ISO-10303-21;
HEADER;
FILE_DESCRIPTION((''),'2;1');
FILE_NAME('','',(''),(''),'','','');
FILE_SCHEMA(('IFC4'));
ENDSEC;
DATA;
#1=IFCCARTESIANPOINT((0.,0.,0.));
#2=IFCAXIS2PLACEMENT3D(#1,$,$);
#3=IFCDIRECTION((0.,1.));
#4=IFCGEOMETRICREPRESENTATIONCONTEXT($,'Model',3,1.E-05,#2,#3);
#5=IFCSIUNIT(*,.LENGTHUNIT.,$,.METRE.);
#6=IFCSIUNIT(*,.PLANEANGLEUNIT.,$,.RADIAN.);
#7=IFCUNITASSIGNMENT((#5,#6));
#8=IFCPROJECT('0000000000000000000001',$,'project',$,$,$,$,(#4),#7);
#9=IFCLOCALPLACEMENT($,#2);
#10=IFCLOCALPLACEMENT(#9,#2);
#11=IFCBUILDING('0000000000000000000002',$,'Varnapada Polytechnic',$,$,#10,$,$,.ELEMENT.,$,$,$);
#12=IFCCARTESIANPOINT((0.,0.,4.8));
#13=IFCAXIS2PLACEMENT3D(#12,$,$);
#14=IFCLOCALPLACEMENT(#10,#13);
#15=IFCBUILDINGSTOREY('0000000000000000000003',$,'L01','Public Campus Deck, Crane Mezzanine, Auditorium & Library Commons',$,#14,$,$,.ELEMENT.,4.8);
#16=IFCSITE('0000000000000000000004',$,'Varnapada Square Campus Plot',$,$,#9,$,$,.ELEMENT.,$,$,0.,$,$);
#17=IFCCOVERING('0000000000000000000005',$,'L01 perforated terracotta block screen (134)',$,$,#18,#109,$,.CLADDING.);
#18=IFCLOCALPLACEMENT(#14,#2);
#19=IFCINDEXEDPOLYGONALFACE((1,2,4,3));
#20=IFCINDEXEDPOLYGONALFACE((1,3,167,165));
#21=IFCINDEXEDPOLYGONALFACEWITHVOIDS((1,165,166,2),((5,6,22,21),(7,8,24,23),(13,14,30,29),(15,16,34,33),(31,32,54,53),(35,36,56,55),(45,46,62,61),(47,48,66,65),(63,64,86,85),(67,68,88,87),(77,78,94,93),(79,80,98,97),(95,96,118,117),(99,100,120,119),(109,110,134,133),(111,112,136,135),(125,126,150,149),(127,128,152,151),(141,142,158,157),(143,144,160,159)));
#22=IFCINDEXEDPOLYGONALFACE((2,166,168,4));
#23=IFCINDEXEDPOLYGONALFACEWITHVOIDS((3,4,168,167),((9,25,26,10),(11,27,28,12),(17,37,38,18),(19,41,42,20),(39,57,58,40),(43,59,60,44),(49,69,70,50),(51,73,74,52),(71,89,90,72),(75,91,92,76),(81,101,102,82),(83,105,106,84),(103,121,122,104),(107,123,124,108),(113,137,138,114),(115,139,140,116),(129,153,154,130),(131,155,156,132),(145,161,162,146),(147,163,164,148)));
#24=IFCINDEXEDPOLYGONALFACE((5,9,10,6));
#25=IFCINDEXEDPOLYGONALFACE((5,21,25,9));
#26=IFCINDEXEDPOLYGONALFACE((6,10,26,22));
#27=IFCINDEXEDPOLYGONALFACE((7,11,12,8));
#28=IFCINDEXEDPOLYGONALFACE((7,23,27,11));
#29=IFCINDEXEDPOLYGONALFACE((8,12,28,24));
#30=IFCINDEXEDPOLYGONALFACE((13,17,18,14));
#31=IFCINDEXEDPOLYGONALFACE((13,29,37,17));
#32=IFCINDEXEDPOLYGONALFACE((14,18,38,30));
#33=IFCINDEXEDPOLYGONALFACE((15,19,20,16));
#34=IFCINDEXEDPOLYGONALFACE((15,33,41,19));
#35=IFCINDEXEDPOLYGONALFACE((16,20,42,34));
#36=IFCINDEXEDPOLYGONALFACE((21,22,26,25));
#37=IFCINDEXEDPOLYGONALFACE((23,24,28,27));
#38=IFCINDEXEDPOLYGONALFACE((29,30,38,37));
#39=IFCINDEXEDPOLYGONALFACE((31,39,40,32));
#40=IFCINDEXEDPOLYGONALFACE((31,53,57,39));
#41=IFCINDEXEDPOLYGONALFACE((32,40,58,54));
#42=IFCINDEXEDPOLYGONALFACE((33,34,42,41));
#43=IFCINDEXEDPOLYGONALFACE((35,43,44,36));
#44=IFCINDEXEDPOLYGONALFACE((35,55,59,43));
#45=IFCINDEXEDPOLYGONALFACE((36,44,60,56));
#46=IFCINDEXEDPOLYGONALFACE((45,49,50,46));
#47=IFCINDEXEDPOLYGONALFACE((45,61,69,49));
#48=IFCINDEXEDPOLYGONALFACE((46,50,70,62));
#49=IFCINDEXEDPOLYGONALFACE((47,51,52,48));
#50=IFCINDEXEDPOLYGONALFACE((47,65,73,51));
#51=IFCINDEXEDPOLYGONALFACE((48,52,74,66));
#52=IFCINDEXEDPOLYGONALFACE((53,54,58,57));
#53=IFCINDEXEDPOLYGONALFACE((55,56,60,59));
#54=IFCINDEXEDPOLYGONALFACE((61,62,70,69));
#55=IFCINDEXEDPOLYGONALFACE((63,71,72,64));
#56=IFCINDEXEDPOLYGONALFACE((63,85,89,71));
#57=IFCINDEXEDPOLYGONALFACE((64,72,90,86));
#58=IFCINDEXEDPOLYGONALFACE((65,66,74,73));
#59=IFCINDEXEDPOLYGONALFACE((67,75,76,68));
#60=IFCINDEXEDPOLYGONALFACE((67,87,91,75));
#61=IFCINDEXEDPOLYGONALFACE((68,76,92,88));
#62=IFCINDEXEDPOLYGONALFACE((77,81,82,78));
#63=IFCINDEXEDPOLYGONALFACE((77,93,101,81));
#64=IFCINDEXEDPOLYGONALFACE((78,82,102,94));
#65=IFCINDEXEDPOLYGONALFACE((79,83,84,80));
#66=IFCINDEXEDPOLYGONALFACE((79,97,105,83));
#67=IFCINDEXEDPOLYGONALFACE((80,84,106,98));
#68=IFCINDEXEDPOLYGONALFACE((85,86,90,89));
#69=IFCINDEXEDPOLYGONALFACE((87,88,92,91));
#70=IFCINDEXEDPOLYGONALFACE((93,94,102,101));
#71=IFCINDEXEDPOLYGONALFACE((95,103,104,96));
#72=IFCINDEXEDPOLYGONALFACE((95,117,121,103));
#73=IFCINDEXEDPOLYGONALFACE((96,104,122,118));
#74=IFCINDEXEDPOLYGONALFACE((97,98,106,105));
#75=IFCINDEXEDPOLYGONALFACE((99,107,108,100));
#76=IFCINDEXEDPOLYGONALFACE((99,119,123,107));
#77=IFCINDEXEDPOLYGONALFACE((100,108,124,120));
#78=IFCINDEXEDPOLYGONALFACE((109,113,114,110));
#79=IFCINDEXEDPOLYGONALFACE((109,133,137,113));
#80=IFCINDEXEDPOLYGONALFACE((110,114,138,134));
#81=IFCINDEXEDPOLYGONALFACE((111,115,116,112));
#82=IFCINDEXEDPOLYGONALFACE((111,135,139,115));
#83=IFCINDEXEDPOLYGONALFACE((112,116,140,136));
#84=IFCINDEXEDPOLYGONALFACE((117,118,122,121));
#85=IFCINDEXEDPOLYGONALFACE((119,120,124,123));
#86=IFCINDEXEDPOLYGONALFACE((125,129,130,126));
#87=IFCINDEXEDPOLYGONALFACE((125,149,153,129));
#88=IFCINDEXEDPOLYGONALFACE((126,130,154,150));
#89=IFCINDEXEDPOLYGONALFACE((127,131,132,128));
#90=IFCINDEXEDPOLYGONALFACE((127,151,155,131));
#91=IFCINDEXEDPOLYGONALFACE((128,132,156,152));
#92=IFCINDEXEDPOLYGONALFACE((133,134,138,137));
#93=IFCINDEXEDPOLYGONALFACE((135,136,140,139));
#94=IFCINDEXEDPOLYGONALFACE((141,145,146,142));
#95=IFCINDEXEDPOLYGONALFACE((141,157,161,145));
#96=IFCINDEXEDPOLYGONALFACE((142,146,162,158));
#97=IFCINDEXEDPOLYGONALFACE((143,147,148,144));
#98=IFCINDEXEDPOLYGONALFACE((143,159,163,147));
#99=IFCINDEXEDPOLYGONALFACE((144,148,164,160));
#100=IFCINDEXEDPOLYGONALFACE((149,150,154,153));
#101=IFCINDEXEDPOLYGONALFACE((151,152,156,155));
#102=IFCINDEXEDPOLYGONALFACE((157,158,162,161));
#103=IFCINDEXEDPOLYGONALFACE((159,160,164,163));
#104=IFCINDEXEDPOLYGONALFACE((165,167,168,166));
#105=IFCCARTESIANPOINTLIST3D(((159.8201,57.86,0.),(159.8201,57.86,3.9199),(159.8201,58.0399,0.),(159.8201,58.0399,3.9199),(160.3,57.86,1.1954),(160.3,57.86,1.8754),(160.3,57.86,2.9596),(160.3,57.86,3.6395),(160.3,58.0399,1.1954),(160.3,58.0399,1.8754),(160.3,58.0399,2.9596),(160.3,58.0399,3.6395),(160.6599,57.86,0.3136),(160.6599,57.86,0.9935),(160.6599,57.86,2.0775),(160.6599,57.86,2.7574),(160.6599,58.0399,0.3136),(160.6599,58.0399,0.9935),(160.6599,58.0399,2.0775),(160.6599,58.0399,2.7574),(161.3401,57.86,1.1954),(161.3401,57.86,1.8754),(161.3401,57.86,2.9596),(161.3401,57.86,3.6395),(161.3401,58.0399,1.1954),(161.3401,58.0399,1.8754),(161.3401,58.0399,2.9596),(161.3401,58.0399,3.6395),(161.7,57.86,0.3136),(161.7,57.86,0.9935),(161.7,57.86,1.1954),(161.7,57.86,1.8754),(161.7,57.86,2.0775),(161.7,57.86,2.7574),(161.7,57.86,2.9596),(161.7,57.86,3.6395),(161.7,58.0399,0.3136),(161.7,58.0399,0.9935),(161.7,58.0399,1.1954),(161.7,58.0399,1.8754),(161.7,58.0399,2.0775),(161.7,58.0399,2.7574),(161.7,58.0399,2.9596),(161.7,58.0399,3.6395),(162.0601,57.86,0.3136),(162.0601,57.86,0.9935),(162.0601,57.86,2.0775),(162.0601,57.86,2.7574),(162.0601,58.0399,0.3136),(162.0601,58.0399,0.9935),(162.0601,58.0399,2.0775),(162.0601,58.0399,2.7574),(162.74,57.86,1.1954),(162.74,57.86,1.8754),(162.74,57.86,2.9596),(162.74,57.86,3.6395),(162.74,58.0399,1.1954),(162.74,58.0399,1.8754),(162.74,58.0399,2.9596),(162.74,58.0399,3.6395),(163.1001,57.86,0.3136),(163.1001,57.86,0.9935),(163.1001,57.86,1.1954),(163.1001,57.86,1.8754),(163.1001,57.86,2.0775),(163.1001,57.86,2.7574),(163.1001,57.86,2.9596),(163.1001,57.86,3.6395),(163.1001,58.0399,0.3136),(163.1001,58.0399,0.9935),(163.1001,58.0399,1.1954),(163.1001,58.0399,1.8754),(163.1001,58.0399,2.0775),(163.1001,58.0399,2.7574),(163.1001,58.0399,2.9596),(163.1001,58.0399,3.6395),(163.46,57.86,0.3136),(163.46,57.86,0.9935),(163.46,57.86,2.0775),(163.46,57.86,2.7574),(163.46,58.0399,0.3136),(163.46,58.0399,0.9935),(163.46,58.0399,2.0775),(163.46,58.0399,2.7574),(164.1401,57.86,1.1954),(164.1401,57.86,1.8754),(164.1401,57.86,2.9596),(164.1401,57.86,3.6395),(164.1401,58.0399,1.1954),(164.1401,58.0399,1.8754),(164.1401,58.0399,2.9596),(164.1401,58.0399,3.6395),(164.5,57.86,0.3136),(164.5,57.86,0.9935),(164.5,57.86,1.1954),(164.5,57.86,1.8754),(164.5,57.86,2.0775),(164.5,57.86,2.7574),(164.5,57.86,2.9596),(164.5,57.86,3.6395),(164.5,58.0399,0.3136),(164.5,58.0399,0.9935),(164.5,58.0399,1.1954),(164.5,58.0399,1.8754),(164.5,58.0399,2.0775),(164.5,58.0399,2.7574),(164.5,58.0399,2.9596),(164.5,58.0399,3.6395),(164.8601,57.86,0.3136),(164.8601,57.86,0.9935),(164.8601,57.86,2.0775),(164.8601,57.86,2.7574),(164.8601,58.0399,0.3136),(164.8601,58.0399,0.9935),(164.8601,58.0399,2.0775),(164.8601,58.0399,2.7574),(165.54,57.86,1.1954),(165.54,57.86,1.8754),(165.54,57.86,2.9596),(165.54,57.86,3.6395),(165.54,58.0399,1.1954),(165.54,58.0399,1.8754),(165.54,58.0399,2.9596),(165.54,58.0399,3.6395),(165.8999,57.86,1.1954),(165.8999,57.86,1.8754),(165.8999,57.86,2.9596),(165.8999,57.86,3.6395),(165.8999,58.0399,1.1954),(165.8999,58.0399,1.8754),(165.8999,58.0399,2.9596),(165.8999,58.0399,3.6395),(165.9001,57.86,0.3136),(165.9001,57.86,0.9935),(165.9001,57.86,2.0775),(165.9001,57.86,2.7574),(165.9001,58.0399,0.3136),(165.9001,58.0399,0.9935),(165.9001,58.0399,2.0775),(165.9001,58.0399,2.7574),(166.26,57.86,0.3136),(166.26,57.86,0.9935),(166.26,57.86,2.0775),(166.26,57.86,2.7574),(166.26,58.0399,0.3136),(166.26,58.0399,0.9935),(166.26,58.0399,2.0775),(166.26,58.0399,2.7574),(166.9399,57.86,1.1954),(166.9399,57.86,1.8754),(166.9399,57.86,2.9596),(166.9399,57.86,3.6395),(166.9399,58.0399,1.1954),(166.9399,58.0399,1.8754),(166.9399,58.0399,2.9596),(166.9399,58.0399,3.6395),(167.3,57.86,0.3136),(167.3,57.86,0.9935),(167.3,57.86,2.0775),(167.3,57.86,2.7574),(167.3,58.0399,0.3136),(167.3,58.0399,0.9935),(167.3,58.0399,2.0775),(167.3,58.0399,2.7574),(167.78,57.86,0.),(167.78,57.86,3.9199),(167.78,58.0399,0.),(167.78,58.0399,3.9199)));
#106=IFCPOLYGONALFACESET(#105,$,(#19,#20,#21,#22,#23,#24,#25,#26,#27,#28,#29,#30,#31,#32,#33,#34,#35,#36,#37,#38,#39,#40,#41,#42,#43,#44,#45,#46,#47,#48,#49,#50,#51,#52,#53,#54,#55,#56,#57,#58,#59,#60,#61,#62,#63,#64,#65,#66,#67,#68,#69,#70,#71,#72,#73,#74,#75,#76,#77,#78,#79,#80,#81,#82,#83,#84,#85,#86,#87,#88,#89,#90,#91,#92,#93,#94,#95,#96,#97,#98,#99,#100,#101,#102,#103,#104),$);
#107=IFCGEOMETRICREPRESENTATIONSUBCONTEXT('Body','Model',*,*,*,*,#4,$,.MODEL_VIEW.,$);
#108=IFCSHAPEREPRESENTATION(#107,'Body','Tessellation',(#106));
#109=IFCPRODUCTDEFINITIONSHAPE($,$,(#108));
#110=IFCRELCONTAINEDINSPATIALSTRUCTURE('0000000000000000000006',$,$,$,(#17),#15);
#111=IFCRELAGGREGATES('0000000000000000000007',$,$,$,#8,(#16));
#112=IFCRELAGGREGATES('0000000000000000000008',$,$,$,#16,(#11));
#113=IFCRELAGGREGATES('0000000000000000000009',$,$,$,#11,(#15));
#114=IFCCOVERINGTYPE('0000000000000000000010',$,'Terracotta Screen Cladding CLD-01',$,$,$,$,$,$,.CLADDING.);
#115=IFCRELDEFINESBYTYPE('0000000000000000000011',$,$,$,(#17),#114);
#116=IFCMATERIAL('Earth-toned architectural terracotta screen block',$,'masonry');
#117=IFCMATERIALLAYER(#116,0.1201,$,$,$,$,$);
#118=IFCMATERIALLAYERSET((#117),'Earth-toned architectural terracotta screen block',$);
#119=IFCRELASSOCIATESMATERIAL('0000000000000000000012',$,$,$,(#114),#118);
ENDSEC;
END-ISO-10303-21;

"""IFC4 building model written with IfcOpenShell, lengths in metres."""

from ifc_helpers import new_model, si_unit, direction, frame, frame_2d, origin, place, context, subcontext, project, spatial, rectangle, extrude, material, layer, layer_set, type_object, element, save


model = new_model("IFC4")

# Units and contexts
model_context = context("Model", 3, precision=1e-05, world=origin(), true_north=direction((0.0, 1.0)))
body_context = subcontext(model_context, "Body", "Model", "MODEL_VIEW")
ifc_project = project(units=[si_unit("LENGTHUNIT", "METRE"), si_unit("PLANEANGLEUNIT", "RADIAN")], contexts=[model_context])

# Site, building, storey
site_placement = place(None, origin())
site = spatial("IfcSite", under=ifc_project, at=site_placement, Name="Varnapada Square Campus Plot", CompositionType="ELEMENT", RefElevation=0.0)
building_placement = place(site_placement, origin())
building = spatial("IfcBuilding", under=site, at=building_placement, Name="Varnapada Polytechnic", CompositionType="ELEMENT")
storey_placement = place(building_placement, frame((0.0, 0.0, 4.8)))
storey = spatial("IfcBuildingStorey", under=building, at=storey_placement, Name="L01", Description="Public Campus Deck, Crane Mezzanine, Auditorium & Library Commons", CompositionType="ELEMENT", Elevation=4.8)

# Covering, openings
ifc_material = material(Name="Earth-toned architectural terracotta screen block", Category="masonry")
ifc_layer = layer(ifc_material, 0.1201)
ifc_layer_set = layer_set([ifc_layer], Name="Earth-toned architectural terracotta screen block")
covering_type = type_object("IfcCoveringType", Name="Terracotta Screen Cladding CLD-01", PredefinedType="CLADDING", material=ifc_layer_set)
covering_placement = place(storey_placement, frame((167.78, 57.95, 0.0), z_axis=(0.0, 0.0, 1.0), x_axis=(-1.0, 0.0, 0.0)))
covering = element("IfcCovering", 1, at=covering_placement, inside=storey, type_object=covering_type, Name="L01 perforated terracotta block screen (134)", PredefinedType="CLADDING", context=body_context, shape_type="SweptSolid", body=[
    extrude(rectangle(XDim=7.96, YDim=0.1799, at=frame_2d((3.98, 0.0))), origin(), (0.0, 0.0, 1.0), 3.9199),
])
opening_1_placement = place(covering_placement, frame((0.48, 0.0, 0.3137)))
element("IfcOpeningElement", 2, at=opening_1_placement, cuts=covering, PredefinedType="OPENING", context=body_context, shape_type="SweptSolid", body=[
    extrude(rectangle(XDim=1.04, YDim=0.6799, at=frame_2d((0.52, 0.3398))), frame((0.0, 0.0999, 0.0), z_axis=(0.0, -1.0, 0.0), x_axis=(1.0, 0.0, 0.0)), (0.0, 0.0, 1.0), 0.2),
])
opening_2_placement = place(covering_placement, frame((1.8799, 0.0, 0.3137)))
element("IfcOpeningElement", 3, at=opening_2_placement, cuts=covering, PredefinedType="OPENING", context=body_context, shape_type="SweptSolid", body=[
    extrude(rectangle(XDim=1.04, YDim=0.6799, at=frame_2d((0.52, 0.3398))), frame((0.0, 0.0999, 0.0), z_axis=(0.0, -1.0, 0.0), x_axis=(1.0, 0.0, 0.0)), (0.0, 0.0, 1.0), 0.2),
])
opening_3_placement = place(covering_placement, frame((3.28, 0.0, 0.3137)))
element("IfcOpeningElement", 4, at=opening_3_placement, cuts=covering, PredefinedType="OPENING", context=body_context, shape_type="SweptSolid", body=[
    extrude(rectangle(XDim=1.04, YDim=0.6799, at=frame_2d((0.52, 0.3398))), frame((0.0, 0.0999, 0.0), z_axis=(0.0, -1.0, 0.0), x_axis=(1.0, 0.0, 0.0)), (0.0, 0.0, 1.0), 0.2),
])
opening_4_placement = place(covering_placement, frame((4.6799, 0.0, 0.3137)))
element("IfcOpeningElement", 5, at=opening_4_placement, cuts=covering, PredefinedType="OPENING", context=body_context, shape_type="SweptSolid", body=[
    extrude(rectangle(XDim=1.04, YDim=0.6799, at=frame_2d((0.52, 0.3398))), frame((0.0, 0.0999, 0.0), z_axis=(0.0, -1.0, 0.0), x_axis=(1.0, 0.0, 0.0)), (0.0, 0.0, 1.0), 0.2),
])
opening_5_placement = place(covering_placement, frame((6.0801, 0.0, 0.3137)))
element("IfcOpeningElement", 6, at=opening_5_placement, cuts=covering, PredefinedType="OPENING", context=body_context, shape_type="SweptSolid", body=[
    extrude(rectangle(XDim=1.04, YDim=0.6799, at=frame_2d((0.52, 0.3398))), frame((0.0, 0.0999, 0.0), z_axis=(0.0, -1.0, 0.0), x_axis=(1.0, 0.0, 0.0)), (0.0, 0.0, 1.0), 0.2),
])
opening_6_placement = place(covering_placement, frame((0.8401, 0.0, 1.1956)))
element("IfcOpeningElement", 7, at=opening_6_placement, cuts=covering, PredefinedType="OPENING", context=body_context, shape_type="SweptSolid", body=[
    extrude(rectangle(XDim=1.04, YDim=0.6799, at=frame_2d((0.52, 0.3398))), frame((0.0, 0.0999, 0.0), z_axis=(0.0, -1.0, 0.0), x_axis=(1.0, 0.0, 0.0)), (0.0, 0.0, 1.0), 0.2),
])
opening_7_placement = place(covering_placement, frame((2.24, 0.0, 1.1956)))
element("IfcOpeningElement", 8, at=opening_7_placement, cuts=covering, PredefinedType="OPENING", context=body_context, shape_type="SweptSolid", body=[
    extrude(rectangle(XDim=1.04, YDim=0.6799, at=frame_2d((0.52, 0.3398))), frame((0.0, 0.0999, 0.0), z_axis=(0.0, -1.0, 0.0), x_axis=(1.0, 0.0, 0.0)), (0.0, 0.0, 1.0), 0.2),
])
opening_8_placement = place(covering_placement, frame((3.6399, 0.0, 1.1956)))
element("IfcOpeningElement", 9, at=opening_8_placement, cuts=covering, PredefinedType="OPENING", context=body_context, shape_type="SweptSolid", body=[
    extrude(rectangle(XDim=1.04, YDim=0.6799, at=frame_2d((0.52, 0.3398))), frame((0.0, 0.0999, 0.0), z_axis=(0.0, -1.0, 0.0), x_axis=(1.0, 0.0, 0.0)), (0.0, 0.0, 1.0), 0.2),
])
opening_9_placement = place(covering_placement, frame((5.04, 0.0, 1.1956)))
element("IfcOpeningElement", 10, at=opening_9_placement, cuts=covering, PredefinedType="OPENING", context=body_context, shape_type="SweptSolid", body=[
    extrude(rectangle(XDim=1.04, YDim=0.6799, at=frame_2d((0.52, 0.3398))), frame((0.0, 0.0999, 0.0), z_axis=(0.0, -1.0, 0.0), x_axis=(1.0, 0.0, 0.0)), (0.0, 0.0, 1.0), 0.2),
])
opening_10_placement = place(covering_placement, frame((6.4399, 0.0, 1.1956)))
element("IfcOpeningElement", 11, at=opening_10_placement, cuts=covering, PredefinedType="OPENING", context=body_context, shape_type="SweptSolid", body=[
    extrude(rectangle(XDim=1.04, YDim=0.6799, at=frame_2d((0.52, 0.3398))), frame((0.0, 0.0999, 0.0), z_axis=(0.0, -1.0, 0.0), x_axis=(1.0, 0.0, 0.0)), (0.0, 0.0, 1.0), 0.2),
])
opening_11_placement = place(covering_placement, frame((0.48, 0.0, 2.0776)))
element("IfcOpeningElement", 12, at=opening_11_placement, cuts=covering, PredefinedType="OPENING", context=body_context, shape_type="SweptSolid", body=[
    extrude(rectangle(XDim=1.04, YDim=0.6799, at=frame_2d((0.52, 0.3398))), frame((0.0, 0.0999, 0.0), z_axis=(0.0, -1.0, 0.0), x_axis=(1.0, 0.0, 0.0)), (0.0, 0.0, 1.0), 0.2),
])
opening_12_placement = place(covering_placement, frame((1.8799, 0.0, 2.0776)))
element("IfcOpeningElement", 13, at=opening_12_placement, cuts=covering, PredefinedType="OPENING", context=body_context, shape_type="SweptSolid", body=[
    extrude(rectangle(XDim=1.04, YDim=0.6799, at=frame_2d((0.52, 0.3398))), frame((0.0, 0.0999, 0.0), z_axis=(0.0, -1.0, 0.0), x_axis=(1.0, 0.0, 0.0)), (0.0, 0.0, 1.0), 0.2),
])
opening_13_placement = place(covering_placement, frame((3.28, 0.0, 2.0776)))
element("IfcOpeningElement", 14, at=opening_13_placement, cuts=covering, PredefinedType="OPENING", context=body_context, shape_type="SweptSolid", body=[
    extrude(rectangle(XDim=1.04, YDim=0.6799, at=frame_2d((0.52, 0.3398))), frame((0.0, 0.0999, 0.0), z_axis=(0.0, -1.0, 0.0), x_axis=(1.0, 0.0, 0.0)), (0.0, 0.0, 1.0), 0.2),
])
opening_14_placement = place(covering_placement, frame((4.6799, 0.0, 2.0776)))
element("IfcOpeningElement", 15, at=opening_14_placement, cuts=covering, PredefinedType="OPENING", context=body_context, shape_type="SweptSolid", body=[
    extrude(rectangle(XDim=1.04, YDim=0.6799, at=frame_2d((0.52, 0.3398))), frame((0.0, 0.0999, 0.0), z_axis=(0.0, -1.0, 0.0), x_axis=(1.0, 0.0, 0.0)), (0.0, 0.0, 1.0), 0.2),
])
opening_15_placement = place(covering_placement, frame((6.0801, 0.0, 2.0776)))
element("IfcOpeningElement", 16, at=opening_15_placement, cuts=covering, PredefinedType="OPENING", context=body_context, shape_type="SweptSolid", body=[
    extrude(rectangle(XDim=1.04, YDim=0.6799, at=frame_2d((0.52, 0.3398))), frame((0.0, 0.0999, 0.0), z_axis=(0.0, -1.0, 0.0), x_axis=(1.0, 0.0, 0.0)), (0.0, 0.0, 1.0), 0.2),
])
opening_16_placement = place(covering_placement, frame((0.8401, 0.0, 2.9597)))
element("IfcOpeningElement", 17, at=opening_16_placement, cuts=covering, PredefinedType="OPENING", context=body_context, shape_type="SweptSolid", body=[
    extrude(rectangle(XDim=1.04, YDim=0.6799, at=frame_2d((0.52, 0.3398))), frame((0.0, 0.0999, 0.0), z_axis=(0.0, -1.0, 0.0), x_axis=(1.0, 0.0, 0.0)), (0.0, 0.0, 1.0), 0.2),
])
opening_17_placement = place(covering_placement, frame((2.24, 0.0, 2.9597)))
element("IfcOpeningElement", 18, at=opening_17_placement, cuts=covering, PredefinedType="OPENING", context=body_context, shape_type="SweptSolid", body=[
    extrude(rectangle(XDim=1.04, YDim=0.6799, at=frame_2d((0.52, 0.3398))), frame((0.0, 0.0999, 0.0), z_axis=(0.0, -1.0, 0.0), x_axis=(1.0, 0.0, 0.0)), (0.0, 0.0, 1.0), 0.2),
])
opening_18_placement = place(covering_placement, frame((3.6399, 0.0, 2.9597)))
element("IfcOpeningElement", 19, at=opening_18_placement, cuts=covering, PredefinedType="OPENING", context=body_context, shape_type="SweptSolid", body=[
    extrude(rectangle(XDim=1.04, YDim=0.6799, at=frame_2d((0.52, 0.3398))), frame((0.0, 0.0999, 0.0), z_axis=(0.0, -1.0, 0.0), x_axis=(1.0, 0.0, 0.0)), (0.0, 0.0, 1.0), 0.2),
])
opening_19_placement = place(covering_placement, frame((5.04, 0.0, 2.9597)))
element("IfcOpeningElement", 20, at=opening_19_placement, cuts=covering, PredefinedType="OPENING", context=body_context, shape_type="SweptSolid", body=[
    extrude(rectangle(XDim=1.04, YDim=0.6799, at=frame_2d((0.52, 0.3398))), frame((0.0, 0.0999, 0.0), z_axis=(0.0, -1.0, 0.0), x_axis=(1.0, 0.0, 0.0)), (0.0, 0.0, 1.0), 0.2),
])
opening_20_placement = place(covering_placement, frame((6.4399, 0.0, 2.9597)))
element("IfcOpeningElement", 21, at=opening_20_placement, cuts=covering, PredefinedType="OPENING", context=body_context, shape_type="SweptSolid", body=[
    extrude(rectangle(XDim=1.04, YDim=0.6799, at=frame_2d((0.52, 0.3398))), frame((0.0, 0.0999, 0.0), z_axis=(0.0, -1.0, 0.0), x_axis=(1.0, 0.0, 0.0)), (0.0, 0.0, 1.0), 0.2),
])

save(model, "model.ifc")
